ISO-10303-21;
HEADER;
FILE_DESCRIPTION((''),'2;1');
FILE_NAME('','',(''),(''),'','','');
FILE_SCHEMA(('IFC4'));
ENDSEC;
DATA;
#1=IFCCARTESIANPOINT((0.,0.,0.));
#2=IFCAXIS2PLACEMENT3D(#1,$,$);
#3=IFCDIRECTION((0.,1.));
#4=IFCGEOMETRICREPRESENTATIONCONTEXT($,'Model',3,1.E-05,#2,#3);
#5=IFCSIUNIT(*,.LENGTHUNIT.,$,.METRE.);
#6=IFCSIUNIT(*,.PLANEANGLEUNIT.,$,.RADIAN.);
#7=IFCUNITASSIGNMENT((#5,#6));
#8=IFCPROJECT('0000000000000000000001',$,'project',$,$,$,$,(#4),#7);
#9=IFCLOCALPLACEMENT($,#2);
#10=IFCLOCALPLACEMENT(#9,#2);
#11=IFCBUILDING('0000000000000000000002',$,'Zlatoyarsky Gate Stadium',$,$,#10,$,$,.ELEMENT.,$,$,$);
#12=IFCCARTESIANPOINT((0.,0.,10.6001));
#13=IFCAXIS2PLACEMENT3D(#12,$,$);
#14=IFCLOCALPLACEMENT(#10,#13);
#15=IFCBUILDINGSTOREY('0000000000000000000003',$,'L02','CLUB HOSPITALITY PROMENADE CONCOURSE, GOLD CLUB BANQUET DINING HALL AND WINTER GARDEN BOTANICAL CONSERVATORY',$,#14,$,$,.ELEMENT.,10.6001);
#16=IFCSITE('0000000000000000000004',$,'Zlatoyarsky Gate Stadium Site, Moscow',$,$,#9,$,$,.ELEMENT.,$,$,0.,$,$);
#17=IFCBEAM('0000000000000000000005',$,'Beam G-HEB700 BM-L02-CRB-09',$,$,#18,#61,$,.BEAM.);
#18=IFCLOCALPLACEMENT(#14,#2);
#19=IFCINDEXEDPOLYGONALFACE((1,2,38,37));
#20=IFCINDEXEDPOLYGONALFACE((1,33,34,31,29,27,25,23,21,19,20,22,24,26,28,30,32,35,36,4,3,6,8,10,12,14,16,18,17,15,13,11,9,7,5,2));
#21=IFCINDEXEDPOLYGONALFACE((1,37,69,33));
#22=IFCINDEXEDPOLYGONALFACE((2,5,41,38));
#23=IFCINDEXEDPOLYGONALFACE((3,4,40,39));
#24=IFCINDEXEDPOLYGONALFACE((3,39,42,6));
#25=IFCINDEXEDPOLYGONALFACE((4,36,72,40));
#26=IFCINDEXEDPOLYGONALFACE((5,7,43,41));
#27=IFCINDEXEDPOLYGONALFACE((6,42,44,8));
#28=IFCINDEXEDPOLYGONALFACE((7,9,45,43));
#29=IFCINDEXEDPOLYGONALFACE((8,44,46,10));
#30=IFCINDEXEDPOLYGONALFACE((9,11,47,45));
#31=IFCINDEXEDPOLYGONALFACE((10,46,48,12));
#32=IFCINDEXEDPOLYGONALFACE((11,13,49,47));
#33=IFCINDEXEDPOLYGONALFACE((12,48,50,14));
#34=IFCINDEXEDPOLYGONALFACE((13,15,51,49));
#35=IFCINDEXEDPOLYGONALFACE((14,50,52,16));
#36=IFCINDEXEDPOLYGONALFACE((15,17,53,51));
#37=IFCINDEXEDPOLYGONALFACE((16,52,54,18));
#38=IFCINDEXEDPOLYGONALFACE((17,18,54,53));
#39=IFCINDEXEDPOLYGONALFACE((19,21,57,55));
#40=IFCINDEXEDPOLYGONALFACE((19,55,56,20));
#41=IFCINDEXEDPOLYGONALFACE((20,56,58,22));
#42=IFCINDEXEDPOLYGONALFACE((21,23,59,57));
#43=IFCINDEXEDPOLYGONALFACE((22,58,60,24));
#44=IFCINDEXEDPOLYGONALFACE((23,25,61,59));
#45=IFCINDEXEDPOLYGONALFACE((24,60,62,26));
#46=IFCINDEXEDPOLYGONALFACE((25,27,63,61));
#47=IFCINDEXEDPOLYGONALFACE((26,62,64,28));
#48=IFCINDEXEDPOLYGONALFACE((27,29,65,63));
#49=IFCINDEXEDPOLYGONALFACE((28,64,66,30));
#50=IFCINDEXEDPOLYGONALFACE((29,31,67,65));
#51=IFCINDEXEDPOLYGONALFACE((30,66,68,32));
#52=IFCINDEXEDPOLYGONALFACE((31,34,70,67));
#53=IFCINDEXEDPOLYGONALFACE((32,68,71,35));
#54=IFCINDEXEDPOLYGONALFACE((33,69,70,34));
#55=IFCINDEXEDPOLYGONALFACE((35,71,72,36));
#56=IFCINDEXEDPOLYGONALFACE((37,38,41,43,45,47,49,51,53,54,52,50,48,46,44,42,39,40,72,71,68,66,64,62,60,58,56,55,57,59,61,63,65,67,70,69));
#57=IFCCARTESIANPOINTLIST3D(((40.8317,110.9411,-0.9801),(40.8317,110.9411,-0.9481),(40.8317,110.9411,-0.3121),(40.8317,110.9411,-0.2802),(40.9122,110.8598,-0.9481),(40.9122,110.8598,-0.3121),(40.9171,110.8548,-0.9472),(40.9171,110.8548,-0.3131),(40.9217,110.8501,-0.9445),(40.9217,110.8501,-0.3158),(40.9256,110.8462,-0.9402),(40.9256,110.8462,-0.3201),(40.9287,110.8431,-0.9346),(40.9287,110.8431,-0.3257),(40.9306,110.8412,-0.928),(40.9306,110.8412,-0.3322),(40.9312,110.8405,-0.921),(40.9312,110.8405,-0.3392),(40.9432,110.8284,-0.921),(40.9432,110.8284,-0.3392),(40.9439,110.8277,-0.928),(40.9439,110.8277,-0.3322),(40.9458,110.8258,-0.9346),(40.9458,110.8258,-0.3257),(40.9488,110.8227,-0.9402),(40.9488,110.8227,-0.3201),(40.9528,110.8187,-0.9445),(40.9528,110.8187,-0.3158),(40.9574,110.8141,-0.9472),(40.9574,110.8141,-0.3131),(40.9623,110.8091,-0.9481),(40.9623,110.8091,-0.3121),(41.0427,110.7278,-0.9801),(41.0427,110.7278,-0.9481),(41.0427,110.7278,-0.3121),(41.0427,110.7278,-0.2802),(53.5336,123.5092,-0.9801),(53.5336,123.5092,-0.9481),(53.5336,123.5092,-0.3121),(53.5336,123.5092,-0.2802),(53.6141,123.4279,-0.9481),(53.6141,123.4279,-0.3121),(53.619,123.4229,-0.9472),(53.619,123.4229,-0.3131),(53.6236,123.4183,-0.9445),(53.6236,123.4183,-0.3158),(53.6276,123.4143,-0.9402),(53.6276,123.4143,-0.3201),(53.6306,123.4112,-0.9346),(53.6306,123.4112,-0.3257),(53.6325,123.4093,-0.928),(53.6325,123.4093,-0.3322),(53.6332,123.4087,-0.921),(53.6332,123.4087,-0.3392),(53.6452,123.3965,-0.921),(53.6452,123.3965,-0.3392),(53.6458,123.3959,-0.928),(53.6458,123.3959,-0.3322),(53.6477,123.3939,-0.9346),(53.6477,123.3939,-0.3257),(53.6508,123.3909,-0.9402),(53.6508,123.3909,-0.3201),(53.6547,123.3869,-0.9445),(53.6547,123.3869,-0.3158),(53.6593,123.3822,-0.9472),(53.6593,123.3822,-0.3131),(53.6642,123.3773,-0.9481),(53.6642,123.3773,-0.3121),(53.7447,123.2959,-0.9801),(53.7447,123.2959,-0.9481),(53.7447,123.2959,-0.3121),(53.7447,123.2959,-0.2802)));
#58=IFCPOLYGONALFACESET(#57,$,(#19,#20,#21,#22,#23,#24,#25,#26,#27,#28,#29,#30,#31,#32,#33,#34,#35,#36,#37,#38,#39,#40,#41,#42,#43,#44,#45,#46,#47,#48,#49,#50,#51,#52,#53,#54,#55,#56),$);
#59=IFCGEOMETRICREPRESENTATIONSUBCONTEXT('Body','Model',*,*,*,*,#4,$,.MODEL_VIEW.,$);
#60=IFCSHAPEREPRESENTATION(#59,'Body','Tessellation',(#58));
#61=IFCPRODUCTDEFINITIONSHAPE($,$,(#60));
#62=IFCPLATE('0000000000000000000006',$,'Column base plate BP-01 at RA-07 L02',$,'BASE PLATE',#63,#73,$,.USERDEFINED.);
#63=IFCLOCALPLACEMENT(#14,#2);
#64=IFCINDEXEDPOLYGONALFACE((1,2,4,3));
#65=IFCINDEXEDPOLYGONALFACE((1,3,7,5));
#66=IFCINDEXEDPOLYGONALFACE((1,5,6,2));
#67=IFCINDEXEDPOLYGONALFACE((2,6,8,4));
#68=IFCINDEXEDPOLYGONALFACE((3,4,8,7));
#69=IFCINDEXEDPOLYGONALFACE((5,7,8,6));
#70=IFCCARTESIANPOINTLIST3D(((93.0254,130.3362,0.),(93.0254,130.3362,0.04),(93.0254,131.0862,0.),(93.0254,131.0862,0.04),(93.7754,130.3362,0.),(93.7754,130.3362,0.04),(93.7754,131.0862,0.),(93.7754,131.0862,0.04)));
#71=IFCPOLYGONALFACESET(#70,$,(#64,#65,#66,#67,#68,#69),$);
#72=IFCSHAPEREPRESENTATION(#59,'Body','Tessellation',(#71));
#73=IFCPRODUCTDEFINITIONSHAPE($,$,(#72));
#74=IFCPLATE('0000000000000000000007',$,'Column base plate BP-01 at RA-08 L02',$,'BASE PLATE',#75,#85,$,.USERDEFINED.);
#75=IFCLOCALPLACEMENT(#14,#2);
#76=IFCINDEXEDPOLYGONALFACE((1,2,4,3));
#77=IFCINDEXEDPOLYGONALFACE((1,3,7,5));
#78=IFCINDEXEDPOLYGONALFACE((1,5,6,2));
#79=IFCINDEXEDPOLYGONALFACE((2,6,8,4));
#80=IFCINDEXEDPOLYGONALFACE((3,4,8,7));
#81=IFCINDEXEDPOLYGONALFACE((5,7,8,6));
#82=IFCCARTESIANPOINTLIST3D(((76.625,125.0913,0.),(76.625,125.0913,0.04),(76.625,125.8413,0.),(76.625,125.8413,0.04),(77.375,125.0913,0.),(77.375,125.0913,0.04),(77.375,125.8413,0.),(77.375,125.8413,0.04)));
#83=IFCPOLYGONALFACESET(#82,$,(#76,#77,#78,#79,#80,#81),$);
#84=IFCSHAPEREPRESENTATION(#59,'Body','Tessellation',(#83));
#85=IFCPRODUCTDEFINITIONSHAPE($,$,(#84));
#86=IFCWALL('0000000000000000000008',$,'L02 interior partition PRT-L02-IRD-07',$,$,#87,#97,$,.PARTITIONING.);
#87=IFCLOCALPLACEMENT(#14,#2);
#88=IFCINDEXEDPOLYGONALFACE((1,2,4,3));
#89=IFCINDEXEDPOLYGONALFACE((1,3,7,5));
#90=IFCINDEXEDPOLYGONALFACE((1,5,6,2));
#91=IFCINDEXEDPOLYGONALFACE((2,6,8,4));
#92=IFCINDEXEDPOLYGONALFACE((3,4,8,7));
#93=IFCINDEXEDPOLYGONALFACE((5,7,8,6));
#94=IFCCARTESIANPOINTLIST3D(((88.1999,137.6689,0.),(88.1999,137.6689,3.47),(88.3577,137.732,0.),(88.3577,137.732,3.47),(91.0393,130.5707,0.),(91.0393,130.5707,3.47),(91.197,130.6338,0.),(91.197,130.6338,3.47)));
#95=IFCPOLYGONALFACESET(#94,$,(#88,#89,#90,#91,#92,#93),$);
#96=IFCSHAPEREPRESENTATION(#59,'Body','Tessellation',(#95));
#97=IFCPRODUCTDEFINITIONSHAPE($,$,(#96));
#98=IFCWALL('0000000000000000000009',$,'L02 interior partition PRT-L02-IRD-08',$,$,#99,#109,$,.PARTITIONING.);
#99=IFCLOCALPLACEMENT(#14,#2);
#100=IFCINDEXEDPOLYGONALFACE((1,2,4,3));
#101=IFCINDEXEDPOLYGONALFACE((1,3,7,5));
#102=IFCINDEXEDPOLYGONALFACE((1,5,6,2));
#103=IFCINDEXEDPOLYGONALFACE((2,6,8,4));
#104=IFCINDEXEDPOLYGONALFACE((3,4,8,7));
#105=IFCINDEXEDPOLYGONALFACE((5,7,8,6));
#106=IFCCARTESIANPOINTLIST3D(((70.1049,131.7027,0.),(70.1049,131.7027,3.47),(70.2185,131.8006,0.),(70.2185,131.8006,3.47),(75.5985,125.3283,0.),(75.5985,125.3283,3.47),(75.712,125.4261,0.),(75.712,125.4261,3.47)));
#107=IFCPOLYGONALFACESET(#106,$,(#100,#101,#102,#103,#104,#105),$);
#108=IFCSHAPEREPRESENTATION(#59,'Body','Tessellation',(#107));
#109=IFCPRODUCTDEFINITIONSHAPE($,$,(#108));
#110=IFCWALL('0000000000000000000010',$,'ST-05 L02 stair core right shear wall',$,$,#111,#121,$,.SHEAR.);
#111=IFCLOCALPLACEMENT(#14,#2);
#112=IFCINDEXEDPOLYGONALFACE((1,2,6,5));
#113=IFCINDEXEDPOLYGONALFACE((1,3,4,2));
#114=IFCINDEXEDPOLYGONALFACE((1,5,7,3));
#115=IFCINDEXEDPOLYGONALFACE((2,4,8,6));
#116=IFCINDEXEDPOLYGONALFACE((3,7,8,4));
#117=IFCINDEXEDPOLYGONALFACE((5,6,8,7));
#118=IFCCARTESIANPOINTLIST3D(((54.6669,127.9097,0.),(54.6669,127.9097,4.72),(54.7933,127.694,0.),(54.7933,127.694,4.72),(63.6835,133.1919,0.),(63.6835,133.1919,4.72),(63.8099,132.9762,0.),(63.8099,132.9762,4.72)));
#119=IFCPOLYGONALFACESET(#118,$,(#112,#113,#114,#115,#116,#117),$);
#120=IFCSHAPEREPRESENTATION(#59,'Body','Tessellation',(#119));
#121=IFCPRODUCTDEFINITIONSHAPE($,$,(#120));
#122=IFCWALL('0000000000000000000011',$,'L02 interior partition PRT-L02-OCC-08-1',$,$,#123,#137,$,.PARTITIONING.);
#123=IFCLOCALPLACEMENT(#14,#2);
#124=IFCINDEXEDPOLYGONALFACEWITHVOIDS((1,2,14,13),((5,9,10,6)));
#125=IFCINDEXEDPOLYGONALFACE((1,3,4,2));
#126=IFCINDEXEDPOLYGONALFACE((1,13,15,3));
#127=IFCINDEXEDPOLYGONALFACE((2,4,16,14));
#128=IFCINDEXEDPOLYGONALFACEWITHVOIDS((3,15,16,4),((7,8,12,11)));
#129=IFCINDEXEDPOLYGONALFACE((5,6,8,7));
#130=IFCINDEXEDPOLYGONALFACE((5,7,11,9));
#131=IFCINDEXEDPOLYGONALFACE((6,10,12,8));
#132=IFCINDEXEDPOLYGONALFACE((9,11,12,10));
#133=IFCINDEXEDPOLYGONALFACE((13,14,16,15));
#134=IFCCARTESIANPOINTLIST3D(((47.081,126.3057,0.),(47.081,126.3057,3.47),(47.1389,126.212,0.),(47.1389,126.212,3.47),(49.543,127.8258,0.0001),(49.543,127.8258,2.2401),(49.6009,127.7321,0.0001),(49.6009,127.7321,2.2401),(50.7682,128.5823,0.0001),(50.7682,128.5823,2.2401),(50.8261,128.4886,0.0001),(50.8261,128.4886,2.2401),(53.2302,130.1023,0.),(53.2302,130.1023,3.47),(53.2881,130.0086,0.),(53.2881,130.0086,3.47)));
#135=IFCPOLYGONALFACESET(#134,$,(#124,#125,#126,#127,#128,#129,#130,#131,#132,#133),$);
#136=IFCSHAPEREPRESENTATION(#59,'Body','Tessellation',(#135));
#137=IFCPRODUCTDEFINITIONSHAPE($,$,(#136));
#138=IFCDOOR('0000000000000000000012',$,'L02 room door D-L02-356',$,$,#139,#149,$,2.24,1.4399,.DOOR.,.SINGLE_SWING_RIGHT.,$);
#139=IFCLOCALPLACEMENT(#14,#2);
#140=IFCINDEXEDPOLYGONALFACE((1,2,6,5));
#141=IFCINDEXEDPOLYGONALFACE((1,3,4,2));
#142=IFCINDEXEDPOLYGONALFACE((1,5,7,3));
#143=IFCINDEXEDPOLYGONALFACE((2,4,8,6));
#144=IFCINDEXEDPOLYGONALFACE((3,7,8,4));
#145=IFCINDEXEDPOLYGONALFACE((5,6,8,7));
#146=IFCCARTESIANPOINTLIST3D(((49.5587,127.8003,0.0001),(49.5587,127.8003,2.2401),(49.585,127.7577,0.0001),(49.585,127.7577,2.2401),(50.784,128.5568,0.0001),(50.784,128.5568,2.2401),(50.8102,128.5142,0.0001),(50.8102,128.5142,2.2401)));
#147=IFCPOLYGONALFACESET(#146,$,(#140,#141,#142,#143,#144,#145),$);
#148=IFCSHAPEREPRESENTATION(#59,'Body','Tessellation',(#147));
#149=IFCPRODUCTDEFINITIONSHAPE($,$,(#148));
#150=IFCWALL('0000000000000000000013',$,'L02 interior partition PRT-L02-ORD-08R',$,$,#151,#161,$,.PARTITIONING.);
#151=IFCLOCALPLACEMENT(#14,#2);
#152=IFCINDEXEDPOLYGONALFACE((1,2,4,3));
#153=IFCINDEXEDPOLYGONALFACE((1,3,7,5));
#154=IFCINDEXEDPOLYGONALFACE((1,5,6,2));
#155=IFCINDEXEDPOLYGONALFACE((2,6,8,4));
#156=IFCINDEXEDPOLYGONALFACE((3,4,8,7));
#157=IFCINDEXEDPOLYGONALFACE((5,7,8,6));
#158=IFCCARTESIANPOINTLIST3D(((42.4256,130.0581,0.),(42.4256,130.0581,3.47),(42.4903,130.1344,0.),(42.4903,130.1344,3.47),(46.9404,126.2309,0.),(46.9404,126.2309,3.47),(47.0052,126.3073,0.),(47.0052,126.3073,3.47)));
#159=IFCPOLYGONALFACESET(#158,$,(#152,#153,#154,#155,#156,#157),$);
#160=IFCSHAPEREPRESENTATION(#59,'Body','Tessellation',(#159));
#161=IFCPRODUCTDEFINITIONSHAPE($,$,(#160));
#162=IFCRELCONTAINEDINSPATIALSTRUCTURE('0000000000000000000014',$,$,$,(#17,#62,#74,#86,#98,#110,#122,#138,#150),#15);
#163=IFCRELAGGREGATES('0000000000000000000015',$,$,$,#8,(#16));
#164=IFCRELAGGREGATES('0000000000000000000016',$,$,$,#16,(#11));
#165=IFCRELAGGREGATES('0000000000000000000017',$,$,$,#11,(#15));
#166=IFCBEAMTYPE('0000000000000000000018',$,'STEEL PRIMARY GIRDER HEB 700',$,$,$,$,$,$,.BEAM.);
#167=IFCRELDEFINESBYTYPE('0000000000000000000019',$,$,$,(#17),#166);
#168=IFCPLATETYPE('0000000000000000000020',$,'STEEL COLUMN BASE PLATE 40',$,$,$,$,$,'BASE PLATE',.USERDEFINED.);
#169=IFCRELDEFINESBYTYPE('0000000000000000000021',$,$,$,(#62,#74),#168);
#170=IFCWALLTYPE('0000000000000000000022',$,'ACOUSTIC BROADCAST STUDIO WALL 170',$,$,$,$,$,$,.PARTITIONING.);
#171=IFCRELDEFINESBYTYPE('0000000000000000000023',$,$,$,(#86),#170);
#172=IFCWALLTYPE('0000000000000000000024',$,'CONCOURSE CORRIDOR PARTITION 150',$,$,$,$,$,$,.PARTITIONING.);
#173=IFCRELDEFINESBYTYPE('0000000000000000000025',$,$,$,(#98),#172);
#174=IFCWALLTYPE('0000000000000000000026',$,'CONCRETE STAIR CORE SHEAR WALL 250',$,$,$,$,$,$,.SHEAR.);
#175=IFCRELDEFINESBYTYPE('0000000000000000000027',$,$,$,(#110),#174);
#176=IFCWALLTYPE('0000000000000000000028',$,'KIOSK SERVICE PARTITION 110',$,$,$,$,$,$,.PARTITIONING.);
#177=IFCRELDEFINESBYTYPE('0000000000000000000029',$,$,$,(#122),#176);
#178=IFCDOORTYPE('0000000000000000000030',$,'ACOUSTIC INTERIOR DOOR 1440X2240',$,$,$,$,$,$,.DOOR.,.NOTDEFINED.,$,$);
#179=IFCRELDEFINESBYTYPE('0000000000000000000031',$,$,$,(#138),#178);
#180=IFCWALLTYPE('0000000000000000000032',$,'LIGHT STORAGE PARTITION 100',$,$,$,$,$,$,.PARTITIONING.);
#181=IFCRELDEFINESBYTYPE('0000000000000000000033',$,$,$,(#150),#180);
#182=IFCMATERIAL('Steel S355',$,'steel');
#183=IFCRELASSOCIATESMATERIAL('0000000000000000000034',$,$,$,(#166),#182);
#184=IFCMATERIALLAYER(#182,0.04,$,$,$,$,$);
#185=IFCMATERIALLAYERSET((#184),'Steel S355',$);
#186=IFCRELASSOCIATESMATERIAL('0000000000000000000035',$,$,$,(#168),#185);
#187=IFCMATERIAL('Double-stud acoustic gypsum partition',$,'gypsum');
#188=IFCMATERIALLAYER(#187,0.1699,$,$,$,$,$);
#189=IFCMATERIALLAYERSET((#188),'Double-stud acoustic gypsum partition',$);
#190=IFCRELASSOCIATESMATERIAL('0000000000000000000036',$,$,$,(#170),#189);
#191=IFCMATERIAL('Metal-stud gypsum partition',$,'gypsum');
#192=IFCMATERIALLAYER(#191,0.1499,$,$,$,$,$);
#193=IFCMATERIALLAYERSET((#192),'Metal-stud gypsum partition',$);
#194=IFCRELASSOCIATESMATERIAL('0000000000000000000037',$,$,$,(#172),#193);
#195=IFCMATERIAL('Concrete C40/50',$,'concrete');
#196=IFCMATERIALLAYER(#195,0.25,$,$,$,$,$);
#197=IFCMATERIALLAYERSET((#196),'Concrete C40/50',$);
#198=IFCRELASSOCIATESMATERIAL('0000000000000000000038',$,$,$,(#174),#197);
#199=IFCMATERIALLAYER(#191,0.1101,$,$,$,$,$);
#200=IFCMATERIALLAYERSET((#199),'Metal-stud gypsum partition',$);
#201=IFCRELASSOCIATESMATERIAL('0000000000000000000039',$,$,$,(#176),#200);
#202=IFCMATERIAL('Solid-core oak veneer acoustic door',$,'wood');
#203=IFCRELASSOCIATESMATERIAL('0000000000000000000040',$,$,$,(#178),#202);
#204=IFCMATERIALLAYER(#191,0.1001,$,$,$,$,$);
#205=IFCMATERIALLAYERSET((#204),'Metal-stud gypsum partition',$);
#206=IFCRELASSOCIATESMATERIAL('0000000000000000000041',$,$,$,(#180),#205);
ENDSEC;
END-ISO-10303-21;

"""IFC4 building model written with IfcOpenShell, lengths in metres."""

from ifc_helpers import new_model, si_unit, direction, frame, frame_2d, origin, origin_2d, place, context, subcontext, project, spatial, rectangle, i_section, extrude, material, layer, layer_set, material_profile, profile_set, type_object, element, fill, save


model = new_model("IFC4")

# Units and contexts
model_context = context("Model", 3, precision=1e-05, world=origin(), true_north=direction((0.0, 1.0)))
body_context = subcontext(model_context, "Body", "Model", "MODEL_VIEW")
ifc_project = project(units=[si_unit("LENGTHUNIT", "METRE"), si_unit("PLANEANGLEUNIT", "RADIAN")], contexts=[model_context])

# Site, building, storey
site_placement = place(None, origin())
site = spatial("IfcSite", under=ifc_project, at=site_placement, Name="Zlatoyarsky Gate Stadium Site, Moscow", CompositionType="ELEMENT", RefElevation=0.0)
building_placement = place(site_placement, origin())
building = spatial("IfcBuilding", under=site, at=building_placement, Name="Zlatoyarsky Gate Stadium", CompositionType="ELEMENT")
storey_placement = place(building_placement, frame((0.0, 0.0, 10.6001)))
storey = spatial("IfcBuildingStorey", under=building, at=storey_placement, Name="L02", Description="CLUB HOSPITALITY PROMENADE CONCOURSE, GOLD CLUB BANQUET DINING HALL AND WINTER GARDEN BOTANICAL CONSERVATORY", CompositionType="ELEMENT", Elevation=10.6001)

# Shared definitions
ifc_material_1 = material(Name="Concrete C40/50", Category="concrete")
ifc_material_2 = material(Name="Steel S355", Category="steel")

# Beam
ifc_material_profile_1 = material_profile(ifc_material_2, i_section(OverallWidth=0.3, OverallDepth=0.7, WebThickness=0.0171, FlangeThickness=0.032, FilletRadius=0.0271, at=origin_2d()), Name="HEB 700")
ifc_profile_set_1 = profile_set([ifc_material_profile_1], Name="Steel S355")
beam_type_1 = type_object("IfcBeamType", Name="STEEL PRIMARY GIRDER HEB 700", PredefinedType="BEAM", material=ifc_profile_set_1)
beam_1_placement = place(storey_placement, frame((53.6392, 123.4026, -0.6301), z_axis=(-0.710841, -0.703353, 0.0), x_axis=(0.703353, -0.710841, 0.0)))
element("IfcBeam", 1, at=beam_1_placement, inside=storey, type_object=beam_type_1, Name="Beam G-HEB700 BM-L02-CRB-09", PredefinedType="BEAM", context=body_context, shape_type="SweptSolid", body=[
    extrude(i_section(OverallWidth=0.3, OverallDepth=0.7, WebThickness=0.0171, FlangeThickness=0.032, FilletRadius=0.0271, at=origin_2d()), origin(), (0.0, 0.0, 1.0), 17.8689),
])

# Plates
ifc_layer_1 = layer(ifc_material_2, 0.04)
ifc_layer_set_1 = layer_set([ifc_layer_1], Name="Steel S355")
plate_type = type_object("IfcPlateType", Name="STEEL COLUMN BASE PLATE 40", ElementType="BASE PLATE", PredefinedType="USERDEFINED", material=ifc_layer_set_1)
for number, where, z_axis, x_axis, name in (
    (2, (93.4004, 130.7112, 0.0), (0.0, 0.0, 1.0), (1.0, 0.0, 0.0), "Column base plate BP-01 at RA-07 L02"),
    (3, (77.0, 125.4663, 0.0), (0.0, 0.0, 1.0), (1.0, 0.0, 0.0), "Column base plate BP-01 at RA-08 L02"),
):
    element("IfcPlate", number, at=place(storey_placement, frame(where, z_axis=z_axis, x_axis=x_axis)), inside=storey, type_object=plate_type, Name=name, ObjectType="BASE PLATE", PredefinedType="USERDEFINED", context=body_context, shape_type="SweptSolid", body=[
        extrude(rectangle(XDim=0.75, YDim=0.75, at=origin_2d()), origin(), (0.0, 0.0, 1.0), 0.04),
    ])

# Walls
ifc_material_3 = material(Name="Double-stud acoustic gypsum partition", Category="gypsum")
ifc_layer_2 = layer(ifc_material_3, 0.1699)
ifc_layer_set_2 = layer_set([ifc_layer_2], Name="Double-stud acoustic gypsum partition")
wall_type_1 = type_object("IfcWallType", Name="ACOUSTIC BROADCAST STUDIO WALL 170", PredefinedType="PARTITIONING", material=ifc_layer_set_2)
wall_1_placement = place(storey_placement, frame((91.1182, 130.6023, 0.0), z_axis=(0.0, 0.0, 1.0), x_axis=(-0.371402, 0.928472, 0.0)))
element("IfcWall", 4, at=wall_1_placement, inside=storey, type_object=wall_type_1, Name="L02 interior partition PRT-L02-IRD-07", PredefinedType="PARTITIONING", context=body_context, shape_type="SweptSolid", body=[
    extrude(rectangle(XDim=7.645, YDim=0.1699, at=frame_2d((3.8225, 0.0))), origin(), (0.0, 0.0, 1.0), 3.47),
])
ifc_material_4 = material(Name="Metal-stud gypsum partition", Category="gypsum")
ifc_layer_3 = layer(ifc_material_4, 0.1499)
ifc_layer_set_3 = layer_set([ifc_layer_3], Name="Metal-stud gypsum partition")
wall_type_2 = type_object("IfcWallType", Name="CONCOURSE CORRIDOR PARTITION 150", PredefinedType="PARTITIONING", material=ifc_layer_set_3)
wall_2_placement = place(storey_placement, frame((75.6553, 125.3772, 0.0), z_axis=(0.0, 0.0, 1.0), x_axis=(-0.652829, 0.757505, 0.0)))
element("IfcWall", 5, at=wall_2_placement, inside=storey, type_object=wall_type_2, Name="L02 interior partition PRT-L02-IRD-08", PredefinedType="PARTITIONING", context=body_context, shape_type="SweptSolid", body=[
    extrude(rectangle(XDim=8.415, YDim=0.1499, at=frame_2d((4.2075, 0.0))), origin(), (0.0, 0.0, 1.0), 3.47),
])
ifc_layer_4 = layer(ifc_material_1, 0.25)
ifc_layer_set_4 = layer_set([ifc_layer_4], Name="Concrete C40/50")
wall_type_3 = type_object("IfcWallType", Name="CONCRETE STAIR CORE SHEAR WALL 250", PredefinedType="SHEAR", material=ifc_layer_set_4)
wall_3_placement = place(storey_placement, frame((54.73, 127.8018, 0.0), z_axis=(0.0, 0.0, 1.0), x_axis=(0.862839, 0.50548, 0.0)))
element("IfcWall", 6, at=wall_3_placement, inside=storey, type_object=wall_type_3, Name="ST-05 L02 stair core right shear wall", PredefinedType="SHEAR", context=body_context, shape_type="SweptSolid", body=[
    extrude(rectangle(XDim=10.45, YDim=0.25, at=frame_2d((5.2251, 0.0))), origin(), (0.0, 0.0, 1.0), 4.72),
])

# Wall, opening, door
ifc_layer_5 = layer(ifc_material_4, 0.1101)
ifc_layer_set_5 = layer_set([ifc_layer_5], Name="Metal-stud gypsum partition")
wall_type_4 = type_object("IfcWallType", Name="KIOSK SERVICE PARTITION 110", PredefinedType="PARTITIONING", material=ifc_layer_set_5)
wall_4_placement = place(storey_placement, frame((53.259, 130.0554, 0.0), z_axis=(0.0, 0.0, 1.0), x_axis=(-0.850884, -0.525354, 0.0)))
wall_4 = element("IfcWall", 7, at=wall_4_placement, inside=storey, type_object=wall_type_4, Name="L02 interior partition PRT-L02-OCC-08-1", PredefinedType="PARTITIONING", context=body_context, shape_type="SweptSolid", body=[
    extrude(rectangle(XDim=7.2268, YDim=0.1101, at=frame_2d((3.6133, 0.0))), origin(), (0.0, 0.0, 1.0), 3.47),
])
opening_placement = place(wall_4_placement, frame((2.8933, 0.0, 0.0)))
opening = element("IfcOpeningElement", 8, at=opening_placement, cuts=wall_4, PredefinedType="OPENING", context=body_context, shape_type="SweptSolid", body=[
    extrude(rectangle(XDim=1.4399, YDim=2.24, at=frame_2d((0.72, 1.1201))), frame((0.0, 0.0649, 0.0), z_axis=(0.0, -1.0, 0.0), x_axis=(1.0, 0.0, 0.0)), (0.0, 0.0, 1.0), 0.1301),
])
ifc_material_5 = material(Name="Solid-core oak veneer acoustic door", Category="wood")
door_type = type_object("IfcDoorType", Name="ACOUSTIC INTERIOR DOOR 1440X2240", OperationType="NOTDEFINED", PredefinedType="DOOR", material=ifc_material_5)
door_placement = place(opening_placement, origin())
door = element("IfcDoor", 9, at=door_placement, inside=storey, type_object=door_type, Name="L02 room door D-L02-356", OperationType="SINGLE_SWING_RIGHT", OverallHeight=2.24, OverallWidth=1.4399, PredefinedType="DOOR", context=body_context, shape_type="SweptSolid", body=[
    extrude(rectangle(XDim=1.4399, YDim=2.24, at=frame_2d((0.72, 1.1201))), frame((0.0, 0.0249, 0.0), z_axis=(0.0, -1.0, 0.0), x_axis=(1.0, 0.0, 0.0)), (0.0, 0.0, 1.0), 0.05),
])
fill(opening, door)

# Wall
ifc_layer_6 = layer(ifc_material_4, 0.1001)
ifc_layer_set_6 = layer_set([ifc_layer_6], Name="Metal-stud gypsum partition")
wall_type_5 = type_object("IfcWallType", Name="LIGHT STORAGE PARTITION 100", PredefinedType="PARTITIONING", material=ifc_layer_set_6)
wall_5_placement = place(storey_placement, frame((46.9729, 126.269, 0.0), z_axis=(0.0, 0.0, 1.0), x_axis=(-0.762815, 0.646617, 0.0)))
element("IfcWall", 10, at=wall_5_placement, inside=storey, type_object=wall_type_5, Name="L02 interior partition PRT-L02-ORD-08R", PredefinedType="PARTITIONING", context=body_context, shape_type="SweptSolid", body=[
    extrude(rectangle(XDim=5.9187, YDim=0.1001, at=frame_2d((2.9595, 0.0))), origin(), (0.0, 0.0, 1.0), 3.47),
])

save(model, "model.ifc")
